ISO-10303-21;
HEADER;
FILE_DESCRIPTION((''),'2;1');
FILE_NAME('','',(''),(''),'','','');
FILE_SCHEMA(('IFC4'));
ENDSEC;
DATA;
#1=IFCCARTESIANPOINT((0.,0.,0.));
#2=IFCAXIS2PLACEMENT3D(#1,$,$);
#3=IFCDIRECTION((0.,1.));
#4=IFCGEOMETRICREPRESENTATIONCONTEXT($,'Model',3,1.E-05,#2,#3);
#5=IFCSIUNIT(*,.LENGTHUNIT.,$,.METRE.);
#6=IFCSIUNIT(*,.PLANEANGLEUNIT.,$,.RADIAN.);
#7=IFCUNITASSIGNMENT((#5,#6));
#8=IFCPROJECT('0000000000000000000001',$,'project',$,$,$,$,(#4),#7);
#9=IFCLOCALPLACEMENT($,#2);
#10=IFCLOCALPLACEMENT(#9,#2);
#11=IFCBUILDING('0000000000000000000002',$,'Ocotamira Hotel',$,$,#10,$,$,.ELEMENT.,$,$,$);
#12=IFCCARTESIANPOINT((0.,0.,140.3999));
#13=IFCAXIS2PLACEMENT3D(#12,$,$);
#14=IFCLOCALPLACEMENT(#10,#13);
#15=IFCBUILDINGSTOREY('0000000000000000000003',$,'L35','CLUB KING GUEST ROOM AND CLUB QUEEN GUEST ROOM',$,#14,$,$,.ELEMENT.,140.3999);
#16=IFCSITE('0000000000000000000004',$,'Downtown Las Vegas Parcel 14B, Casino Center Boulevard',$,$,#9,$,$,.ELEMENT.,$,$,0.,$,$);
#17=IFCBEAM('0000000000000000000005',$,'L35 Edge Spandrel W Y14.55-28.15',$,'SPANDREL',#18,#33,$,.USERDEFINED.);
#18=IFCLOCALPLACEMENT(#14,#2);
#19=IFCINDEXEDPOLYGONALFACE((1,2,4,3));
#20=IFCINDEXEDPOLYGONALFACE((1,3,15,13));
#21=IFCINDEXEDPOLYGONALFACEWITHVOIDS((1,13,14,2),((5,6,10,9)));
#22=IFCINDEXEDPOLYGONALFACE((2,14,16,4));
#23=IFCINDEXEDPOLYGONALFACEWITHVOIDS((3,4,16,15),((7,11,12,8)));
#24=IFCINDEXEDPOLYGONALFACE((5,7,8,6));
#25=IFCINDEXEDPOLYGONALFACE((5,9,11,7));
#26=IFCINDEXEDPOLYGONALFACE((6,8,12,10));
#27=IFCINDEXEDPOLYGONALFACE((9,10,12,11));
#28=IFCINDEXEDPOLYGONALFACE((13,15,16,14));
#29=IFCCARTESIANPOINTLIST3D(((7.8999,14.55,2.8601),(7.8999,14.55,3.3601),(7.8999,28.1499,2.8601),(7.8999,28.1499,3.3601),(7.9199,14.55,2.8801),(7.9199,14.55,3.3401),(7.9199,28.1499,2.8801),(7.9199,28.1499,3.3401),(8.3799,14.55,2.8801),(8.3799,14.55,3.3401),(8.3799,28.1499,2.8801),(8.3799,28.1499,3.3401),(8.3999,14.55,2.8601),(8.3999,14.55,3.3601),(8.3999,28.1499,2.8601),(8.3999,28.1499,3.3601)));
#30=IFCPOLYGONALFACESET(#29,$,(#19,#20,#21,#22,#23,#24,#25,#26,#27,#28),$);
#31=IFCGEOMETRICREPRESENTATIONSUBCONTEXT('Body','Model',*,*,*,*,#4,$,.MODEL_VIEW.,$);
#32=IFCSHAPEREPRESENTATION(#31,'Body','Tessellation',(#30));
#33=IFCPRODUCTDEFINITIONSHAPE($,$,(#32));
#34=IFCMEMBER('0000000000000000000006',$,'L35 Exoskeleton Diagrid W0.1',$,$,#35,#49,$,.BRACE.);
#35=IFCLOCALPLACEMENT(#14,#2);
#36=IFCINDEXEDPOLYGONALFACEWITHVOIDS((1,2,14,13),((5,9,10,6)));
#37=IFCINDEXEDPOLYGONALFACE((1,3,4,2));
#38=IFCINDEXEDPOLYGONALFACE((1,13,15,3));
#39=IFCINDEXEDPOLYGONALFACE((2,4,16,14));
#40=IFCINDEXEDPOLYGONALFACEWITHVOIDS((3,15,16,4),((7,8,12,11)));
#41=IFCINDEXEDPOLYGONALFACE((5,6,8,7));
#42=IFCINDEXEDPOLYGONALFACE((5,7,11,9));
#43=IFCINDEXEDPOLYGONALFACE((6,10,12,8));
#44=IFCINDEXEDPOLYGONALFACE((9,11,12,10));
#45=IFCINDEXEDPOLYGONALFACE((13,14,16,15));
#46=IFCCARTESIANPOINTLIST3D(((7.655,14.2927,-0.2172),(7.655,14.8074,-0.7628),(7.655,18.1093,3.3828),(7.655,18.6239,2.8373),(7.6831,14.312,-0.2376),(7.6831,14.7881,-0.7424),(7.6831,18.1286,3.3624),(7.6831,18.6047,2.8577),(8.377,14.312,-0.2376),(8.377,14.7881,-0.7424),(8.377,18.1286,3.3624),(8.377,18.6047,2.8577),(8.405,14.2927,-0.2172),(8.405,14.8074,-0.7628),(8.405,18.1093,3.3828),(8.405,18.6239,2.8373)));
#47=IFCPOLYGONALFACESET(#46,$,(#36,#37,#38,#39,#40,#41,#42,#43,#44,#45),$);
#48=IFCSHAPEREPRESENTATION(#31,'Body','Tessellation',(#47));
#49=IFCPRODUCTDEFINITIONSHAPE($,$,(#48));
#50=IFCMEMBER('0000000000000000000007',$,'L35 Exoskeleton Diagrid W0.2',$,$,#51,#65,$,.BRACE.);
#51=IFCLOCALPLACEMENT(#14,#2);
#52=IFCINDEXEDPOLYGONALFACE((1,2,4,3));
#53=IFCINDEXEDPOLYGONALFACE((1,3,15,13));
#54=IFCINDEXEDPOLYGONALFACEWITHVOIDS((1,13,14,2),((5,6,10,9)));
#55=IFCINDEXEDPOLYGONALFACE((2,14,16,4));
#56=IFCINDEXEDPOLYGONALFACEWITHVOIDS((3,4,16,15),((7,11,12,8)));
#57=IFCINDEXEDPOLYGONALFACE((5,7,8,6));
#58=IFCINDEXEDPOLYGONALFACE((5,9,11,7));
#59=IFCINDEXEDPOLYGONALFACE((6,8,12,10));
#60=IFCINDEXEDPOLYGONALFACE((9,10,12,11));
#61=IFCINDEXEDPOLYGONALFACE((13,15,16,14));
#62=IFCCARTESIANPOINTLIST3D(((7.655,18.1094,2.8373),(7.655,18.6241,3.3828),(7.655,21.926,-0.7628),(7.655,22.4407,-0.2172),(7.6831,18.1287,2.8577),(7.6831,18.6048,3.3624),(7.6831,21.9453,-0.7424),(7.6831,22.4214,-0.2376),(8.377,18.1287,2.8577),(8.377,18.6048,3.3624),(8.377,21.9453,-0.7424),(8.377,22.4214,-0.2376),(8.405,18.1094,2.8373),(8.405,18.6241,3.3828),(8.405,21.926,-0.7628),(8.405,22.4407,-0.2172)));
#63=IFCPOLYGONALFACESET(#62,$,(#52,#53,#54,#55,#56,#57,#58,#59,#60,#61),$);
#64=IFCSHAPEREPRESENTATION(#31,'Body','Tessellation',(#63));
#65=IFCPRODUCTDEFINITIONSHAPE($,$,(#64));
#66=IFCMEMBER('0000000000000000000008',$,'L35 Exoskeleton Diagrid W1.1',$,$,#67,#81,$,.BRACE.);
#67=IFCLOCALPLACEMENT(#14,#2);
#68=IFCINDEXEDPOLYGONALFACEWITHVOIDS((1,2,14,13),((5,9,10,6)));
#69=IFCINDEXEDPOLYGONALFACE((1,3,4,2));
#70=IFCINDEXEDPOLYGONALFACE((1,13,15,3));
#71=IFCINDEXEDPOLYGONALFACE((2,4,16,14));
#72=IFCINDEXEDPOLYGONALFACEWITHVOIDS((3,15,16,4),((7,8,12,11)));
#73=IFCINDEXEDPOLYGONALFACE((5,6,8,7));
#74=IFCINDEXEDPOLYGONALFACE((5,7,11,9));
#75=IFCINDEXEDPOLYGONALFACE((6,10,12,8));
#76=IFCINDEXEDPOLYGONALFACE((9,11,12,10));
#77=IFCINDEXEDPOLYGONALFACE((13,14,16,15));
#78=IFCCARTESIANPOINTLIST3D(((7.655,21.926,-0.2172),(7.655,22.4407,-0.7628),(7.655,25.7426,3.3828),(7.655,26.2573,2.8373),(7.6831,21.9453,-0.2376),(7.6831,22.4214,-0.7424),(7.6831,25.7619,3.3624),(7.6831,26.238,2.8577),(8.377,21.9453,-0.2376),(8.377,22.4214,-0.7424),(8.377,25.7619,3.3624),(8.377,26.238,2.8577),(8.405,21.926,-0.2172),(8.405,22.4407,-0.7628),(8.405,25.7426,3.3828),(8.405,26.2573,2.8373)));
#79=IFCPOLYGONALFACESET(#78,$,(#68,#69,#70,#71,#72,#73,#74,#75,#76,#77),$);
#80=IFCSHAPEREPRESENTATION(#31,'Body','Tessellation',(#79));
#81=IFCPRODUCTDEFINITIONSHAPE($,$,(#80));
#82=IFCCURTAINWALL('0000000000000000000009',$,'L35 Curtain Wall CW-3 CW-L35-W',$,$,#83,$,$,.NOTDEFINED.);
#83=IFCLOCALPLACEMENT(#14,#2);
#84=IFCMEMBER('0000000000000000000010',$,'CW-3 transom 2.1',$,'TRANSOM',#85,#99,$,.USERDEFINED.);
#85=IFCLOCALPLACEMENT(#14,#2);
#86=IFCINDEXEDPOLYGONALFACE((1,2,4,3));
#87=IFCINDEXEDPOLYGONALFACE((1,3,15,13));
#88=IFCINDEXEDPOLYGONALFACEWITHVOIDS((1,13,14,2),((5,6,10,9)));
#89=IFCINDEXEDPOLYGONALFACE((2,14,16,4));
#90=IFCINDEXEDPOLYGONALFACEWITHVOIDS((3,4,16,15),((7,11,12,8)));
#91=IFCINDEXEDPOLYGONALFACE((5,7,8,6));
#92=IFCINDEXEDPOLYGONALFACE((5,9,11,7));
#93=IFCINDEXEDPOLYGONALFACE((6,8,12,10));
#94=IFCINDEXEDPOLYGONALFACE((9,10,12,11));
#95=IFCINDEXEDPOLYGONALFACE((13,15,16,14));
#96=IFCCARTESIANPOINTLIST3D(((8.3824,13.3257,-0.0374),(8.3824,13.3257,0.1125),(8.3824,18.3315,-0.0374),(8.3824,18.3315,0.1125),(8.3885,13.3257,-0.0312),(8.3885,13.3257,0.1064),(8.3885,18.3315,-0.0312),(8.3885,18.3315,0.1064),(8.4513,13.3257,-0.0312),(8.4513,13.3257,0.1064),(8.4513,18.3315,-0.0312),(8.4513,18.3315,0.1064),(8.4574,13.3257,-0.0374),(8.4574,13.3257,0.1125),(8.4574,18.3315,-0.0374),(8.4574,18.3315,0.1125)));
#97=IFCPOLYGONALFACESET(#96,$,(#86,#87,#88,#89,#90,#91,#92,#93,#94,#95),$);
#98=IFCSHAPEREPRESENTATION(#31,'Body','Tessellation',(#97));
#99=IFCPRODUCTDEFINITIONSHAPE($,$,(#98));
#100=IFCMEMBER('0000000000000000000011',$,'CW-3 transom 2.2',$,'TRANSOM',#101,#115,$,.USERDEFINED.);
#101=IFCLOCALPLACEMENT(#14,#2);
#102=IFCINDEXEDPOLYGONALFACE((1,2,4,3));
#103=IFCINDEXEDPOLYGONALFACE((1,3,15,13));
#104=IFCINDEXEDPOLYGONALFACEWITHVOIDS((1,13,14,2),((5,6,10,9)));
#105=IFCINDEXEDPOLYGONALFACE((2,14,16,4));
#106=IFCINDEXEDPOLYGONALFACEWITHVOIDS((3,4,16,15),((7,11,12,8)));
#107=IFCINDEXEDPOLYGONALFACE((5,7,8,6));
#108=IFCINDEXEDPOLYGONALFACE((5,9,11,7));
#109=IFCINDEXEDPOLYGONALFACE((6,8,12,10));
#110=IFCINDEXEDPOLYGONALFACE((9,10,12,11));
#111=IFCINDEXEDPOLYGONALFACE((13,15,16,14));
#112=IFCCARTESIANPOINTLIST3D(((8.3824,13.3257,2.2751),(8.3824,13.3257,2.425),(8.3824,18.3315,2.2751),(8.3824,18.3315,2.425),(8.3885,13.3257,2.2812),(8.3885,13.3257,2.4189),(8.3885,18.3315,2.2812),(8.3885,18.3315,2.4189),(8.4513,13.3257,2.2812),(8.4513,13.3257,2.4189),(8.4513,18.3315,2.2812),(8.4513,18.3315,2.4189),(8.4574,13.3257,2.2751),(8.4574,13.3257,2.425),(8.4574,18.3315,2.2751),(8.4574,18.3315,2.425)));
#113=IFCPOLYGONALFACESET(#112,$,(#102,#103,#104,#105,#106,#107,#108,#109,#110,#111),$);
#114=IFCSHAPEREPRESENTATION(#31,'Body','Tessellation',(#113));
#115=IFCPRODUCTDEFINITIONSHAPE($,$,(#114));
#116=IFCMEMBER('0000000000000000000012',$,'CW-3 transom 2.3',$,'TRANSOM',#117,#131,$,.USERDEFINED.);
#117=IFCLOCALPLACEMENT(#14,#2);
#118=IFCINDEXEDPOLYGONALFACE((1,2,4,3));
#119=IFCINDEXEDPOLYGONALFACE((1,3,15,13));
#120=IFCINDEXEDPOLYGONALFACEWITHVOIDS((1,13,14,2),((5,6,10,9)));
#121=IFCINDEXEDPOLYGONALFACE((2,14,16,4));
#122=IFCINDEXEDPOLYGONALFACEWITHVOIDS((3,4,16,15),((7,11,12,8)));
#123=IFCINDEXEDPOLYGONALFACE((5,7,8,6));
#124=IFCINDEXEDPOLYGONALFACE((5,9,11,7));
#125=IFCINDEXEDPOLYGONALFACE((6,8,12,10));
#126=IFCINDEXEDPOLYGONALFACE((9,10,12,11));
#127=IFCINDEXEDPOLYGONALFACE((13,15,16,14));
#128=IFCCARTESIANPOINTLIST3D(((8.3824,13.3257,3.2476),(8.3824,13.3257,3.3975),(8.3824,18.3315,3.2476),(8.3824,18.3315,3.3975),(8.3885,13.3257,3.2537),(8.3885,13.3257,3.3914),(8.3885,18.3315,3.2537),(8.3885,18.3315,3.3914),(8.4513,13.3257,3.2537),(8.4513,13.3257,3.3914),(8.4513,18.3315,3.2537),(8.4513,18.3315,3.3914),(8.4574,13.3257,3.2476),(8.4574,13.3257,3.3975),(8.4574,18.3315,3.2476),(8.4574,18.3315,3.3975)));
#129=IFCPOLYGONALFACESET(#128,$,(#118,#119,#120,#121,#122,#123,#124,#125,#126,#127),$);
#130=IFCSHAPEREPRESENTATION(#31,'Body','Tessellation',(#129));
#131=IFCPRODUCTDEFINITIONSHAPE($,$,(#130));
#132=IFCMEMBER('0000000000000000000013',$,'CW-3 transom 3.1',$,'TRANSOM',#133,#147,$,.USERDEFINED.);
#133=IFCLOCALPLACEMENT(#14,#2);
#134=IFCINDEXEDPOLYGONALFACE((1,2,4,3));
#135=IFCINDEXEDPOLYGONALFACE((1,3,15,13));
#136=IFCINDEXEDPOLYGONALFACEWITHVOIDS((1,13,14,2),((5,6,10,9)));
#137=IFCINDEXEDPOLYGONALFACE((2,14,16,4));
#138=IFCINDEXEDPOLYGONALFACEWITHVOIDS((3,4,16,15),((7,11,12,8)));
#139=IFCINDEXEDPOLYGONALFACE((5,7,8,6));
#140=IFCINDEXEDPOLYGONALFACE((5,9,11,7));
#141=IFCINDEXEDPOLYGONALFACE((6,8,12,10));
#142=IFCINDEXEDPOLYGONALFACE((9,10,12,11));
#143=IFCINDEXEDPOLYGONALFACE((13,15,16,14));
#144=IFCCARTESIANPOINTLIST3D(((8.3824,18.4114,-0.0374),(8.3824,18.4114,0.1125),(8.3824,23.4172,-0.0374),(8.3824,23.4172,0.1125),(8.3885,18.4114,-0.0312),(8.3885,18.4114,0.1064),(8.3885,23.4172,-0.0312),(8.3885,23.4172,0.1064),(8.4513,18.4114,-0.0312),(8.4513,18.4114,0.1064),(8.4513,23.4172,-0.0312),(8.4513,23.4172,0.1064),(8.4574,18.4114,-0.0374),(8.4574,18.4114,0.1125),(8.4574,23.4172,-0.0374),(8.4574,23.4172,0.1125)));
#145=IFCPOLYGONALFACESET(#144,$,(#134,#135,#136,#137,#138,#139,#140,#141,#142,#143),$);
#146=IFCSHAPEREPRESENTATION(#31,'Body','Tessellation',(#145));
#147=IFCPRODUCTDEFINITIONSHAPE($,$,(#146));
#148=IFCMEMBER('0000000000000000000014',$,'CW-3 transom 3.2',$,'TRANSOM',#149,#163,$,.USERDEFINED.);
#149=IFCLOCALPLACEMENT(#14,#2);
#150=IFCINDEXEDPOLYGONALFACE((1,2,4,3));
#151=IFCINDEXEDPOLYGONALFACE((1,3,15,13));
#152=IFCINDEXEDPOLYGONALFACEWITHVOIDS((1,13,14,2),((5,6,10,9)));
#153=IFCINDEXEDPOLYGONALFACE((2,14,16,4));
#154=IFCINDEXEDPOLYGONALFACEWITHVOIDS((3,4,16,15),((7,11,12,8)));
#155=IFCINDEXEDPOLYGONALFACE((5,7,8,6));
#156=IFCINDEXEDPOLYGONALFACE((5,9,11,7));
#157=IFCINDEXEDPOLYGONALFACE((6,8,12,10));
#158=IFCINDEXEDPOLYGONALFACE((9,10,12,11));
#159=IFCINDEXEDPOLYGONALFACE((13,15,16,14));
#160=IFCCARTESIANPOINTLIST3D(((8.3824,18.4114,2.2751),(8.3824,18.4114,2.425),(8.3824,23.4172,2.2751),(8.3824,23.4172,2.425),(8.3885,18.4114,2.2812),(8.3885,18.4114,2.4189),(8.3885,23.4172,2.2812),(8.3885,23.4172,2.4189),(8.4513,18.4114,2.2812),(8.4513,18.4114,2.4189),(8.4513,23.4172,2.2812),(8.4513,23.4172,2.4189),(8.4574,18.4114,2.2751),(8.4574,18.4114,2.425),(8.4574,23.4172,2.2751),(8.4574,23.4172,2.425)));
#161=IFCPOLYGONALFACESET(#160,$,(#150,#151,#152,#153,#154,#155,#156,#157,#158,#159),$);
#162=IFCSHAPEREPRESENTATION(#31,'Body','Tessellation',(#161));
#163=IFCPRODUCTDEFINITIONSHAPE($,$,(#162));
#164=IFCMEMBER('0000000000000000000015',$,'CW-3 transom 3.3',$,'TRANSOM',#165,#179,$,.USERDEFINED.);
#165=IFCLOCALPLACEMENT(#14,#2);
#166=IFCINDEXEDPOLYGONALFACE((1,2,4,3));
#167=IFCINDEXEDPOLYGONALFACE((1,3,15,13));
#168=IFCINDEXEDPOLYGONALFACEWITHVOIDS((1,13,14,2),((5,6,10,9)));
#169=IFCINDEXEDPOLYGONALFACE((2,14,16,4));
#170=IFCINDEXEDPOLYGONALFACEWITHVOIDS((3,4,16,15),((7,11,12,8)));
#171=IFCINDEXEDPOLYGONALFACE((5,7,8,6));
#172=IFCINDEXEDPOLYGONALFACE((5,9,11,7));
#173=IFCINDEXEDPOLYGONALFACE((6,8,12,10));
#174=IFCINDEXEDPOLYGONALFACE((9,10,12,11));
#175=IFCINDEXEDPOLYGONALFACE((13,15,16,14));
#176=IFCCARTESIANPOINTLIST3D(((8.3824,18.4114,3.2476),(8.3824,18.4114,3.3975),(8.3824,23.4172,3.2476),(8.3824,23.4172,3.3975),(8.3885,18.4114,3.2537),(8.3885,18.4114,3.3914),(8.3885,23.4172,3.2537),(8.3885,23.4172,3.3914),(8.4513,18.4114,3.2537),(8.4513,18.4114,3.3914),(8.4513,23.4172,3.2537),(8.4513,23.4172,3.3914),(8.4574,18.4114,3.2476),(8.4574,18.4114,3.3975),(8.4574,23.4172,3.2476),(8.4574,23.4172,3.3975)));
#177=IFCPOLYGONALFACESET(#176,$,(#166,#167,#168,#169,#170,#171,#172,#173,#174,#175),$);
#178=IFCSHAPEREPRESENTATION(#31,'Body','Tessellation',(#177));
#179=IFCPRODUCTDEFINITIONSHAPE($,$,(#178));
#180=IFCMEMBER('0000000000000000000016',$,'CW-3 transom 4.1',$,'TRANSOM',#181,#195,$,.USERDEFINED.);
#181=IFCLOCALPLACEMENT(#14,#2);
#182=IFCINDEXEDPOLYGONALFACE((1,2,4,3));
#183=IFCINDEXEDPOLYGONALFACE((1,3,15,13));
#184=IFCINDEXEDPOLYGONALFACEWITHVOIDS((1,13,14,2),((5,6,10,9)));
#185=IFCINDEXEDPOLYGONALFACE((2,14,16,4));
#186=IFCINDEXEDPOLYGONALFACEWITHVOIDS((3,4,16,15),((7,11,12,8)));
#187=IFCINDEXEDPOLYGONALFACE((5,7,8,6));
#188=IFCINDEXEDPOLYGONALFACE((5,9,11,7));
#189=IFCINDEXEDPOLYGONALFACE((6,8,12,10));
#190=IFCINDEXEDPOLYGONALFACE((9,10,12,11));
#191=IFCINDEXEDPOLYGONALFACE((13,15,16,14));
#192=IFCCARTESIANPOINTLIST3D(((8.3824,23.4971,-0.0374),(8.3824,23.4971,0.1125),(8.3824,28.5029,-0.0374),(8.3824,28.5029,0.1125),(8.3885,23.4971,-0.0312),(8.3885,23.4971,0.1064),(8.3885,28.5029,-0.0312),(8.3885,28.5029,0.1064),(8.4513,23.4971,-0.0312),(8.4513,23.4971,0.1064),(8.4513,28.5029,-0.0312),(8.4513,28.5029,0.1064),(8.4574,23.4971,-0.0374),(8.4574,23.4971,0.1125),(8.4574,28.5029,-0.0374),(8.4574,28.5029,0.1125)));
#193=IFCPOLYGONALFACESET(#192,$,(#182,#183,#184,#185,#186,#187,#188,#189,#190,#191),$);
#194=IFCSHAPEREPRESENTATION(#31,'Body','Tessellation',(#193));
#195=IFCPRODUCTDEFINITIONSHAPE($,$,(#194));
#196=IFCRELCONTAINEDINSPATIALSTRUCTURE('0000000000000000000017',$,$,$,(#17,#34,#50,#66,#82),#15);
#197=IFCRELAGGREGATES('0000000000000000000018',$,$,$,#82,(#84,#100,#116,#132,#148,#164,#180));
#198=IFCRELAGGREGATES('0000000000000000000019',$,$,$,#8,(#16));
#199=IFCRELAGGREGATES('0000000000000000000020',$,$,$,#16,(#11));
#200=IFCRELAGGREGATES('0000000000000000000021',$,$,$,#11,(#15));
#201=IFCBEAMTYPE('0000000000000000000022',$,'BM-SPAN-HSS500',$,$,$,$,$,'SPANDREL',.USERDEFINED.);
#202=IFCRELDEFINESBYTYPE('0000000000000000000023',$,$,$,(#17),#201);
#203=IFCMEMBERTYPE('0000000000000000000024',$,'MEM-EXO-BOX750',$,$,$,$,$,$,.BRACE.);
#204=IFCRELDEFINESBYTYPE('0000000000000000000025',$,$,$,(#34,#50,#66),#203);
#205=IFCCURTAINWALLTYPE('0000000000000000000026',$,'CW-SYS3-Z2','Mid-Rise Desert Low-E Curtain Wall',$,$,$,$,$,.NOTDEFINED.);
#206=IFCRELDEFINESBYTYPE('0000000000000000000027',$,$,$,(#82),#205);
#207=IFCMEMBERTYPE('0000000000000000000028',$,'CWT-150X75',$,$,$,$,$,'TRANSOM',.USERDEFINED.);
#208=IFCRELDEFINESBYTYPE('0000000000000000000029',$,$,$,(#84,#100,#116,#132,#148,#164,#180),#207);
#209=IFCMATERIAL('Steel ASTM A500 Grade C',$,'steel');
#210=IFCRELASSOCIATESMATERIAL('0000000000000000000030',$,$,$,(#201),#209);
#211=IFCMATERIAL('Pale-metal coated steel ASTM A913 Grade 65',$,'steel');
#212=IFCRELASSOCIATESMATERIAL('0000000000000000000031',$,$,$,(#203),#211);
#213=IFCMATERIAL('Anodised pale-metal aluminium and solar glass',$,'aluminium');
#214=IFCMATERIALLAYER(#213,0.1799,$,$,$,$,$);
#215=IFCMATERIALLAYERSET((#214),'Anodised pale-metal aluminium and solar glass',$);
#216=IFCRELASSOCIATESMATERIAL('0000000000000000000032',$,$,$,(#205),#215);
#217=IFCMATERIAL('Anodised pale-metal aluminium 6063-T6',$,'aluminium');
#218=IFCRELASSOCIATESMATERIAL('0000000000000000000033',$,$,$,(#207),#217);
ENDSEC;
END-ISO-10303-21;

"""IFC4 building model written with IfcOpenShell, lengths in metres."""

from ifc_helpers import new_model, si_unit, direction, frame, origin, origin_2d, place, context, subcontext, project, spatial, hollow_rectangle, extrude, source, transform, mapped, material, layer, layer_set, material_profile, profile_set, type_object, element, aggregate, save


model = new_model("IFC4")

# Units and contexts
model_context = context("Model", 3, precision=1e-05, world=origin(), true_north=direction((0.0, 1.0)))
body_context = subcontext(model_context, "Body", "Model", "MODEL_VIEW")
ifc_project = project(units=[si_unit("LENGTHUNIT", "METRE"), si_unit("PLANEANGLEUNIT", "RADIAN")], contexts=[model_context])

# Site, building, storey
site_placement = place(None, origin())
site = spatial("IfcSite", under=ifc_project, at=site_placement, Name="Downtown Las Vegas Parcel 14B, Casino Center Boulevard", CompositionType="ELEMENT", RefElevation=0.0)
building_placement = place(site_placement, origin())
building = spatial("IfcBuilding", under=site, at=building_placement, Name="Ocotamira Hotel", CompositionType="ELEMENT")
storey_placement = place(building_placement, frame((0.0, 0.0, 140.3999)))
storey = spatial("IfcBuildingStorey", under=building, at=storey_placement, Name="L35", Description="CLUB KING GUEST ROOM AND CLUB QUEEN GUEST ROOM", CompositionType="ELEMENT", Elevation=140.3999)

# Beam
ifc_material_1 = material(Name="Steel ASTM A500 Grade C", Category="steel")
ifc_material_profile_1 = material_profile(ifc_material_1, hollow_rectangle(XDim=0.5, YDim=0.5, WallThickness=0.02, at=origin_2d()), Name="HSS500X500X20")
ifc_profile_set_1 = profile_set([ifc_material_profile_1], Name="Steel ASTM A500 Grade C")
beam_type_1 = type_object("IfcBeamType", Name="BM-SPAN-HSS500", ElementType="SPANDREL", PredefinedType="USERDEFINED", material=ifc_profile_set_1)
shared_shape_1 = source(origin(), body_context, "Body", "SweptSolid", [
    extrude(hollow_rectangle(XDim=0.5, YDim=0.5, WallThickness=0.02, at=origin_2d()), origin(), (0.0, 0.0, 1.0), 13.5999),
])
beam_1_placement = place(storey_placement, frame((8.1499, 14.55, 3.1101), z_axis=(0.0, 1.0, 0.0), x_axis=(-1.0, 0.0, 0.0)))
element("IfcBeam", 1, at=beam_1_placement, inside=storey, type_object=beam_type_1, Name="L35 Edge Spandrel W Y14.55-28.15", ObjectType="SPANDREL", PredefinedType="USERDEFINED", context=body_context, shape_type="MappedRepresentation", body=[
    mapped(shared_shape_1, transform((0.0, 0.0, 0.0), scale=1.0)),
])

# Members
ifc_material_2 = material(Name="Pale-metal coated steel ASTM A913 Grade 65", Category="steel")
ifc_material_profile_2 = material_profile(ifc_material_2, hollow_rectangle(XDim=0.75, YDim=0.75, WallThickness=0.0281, at=origin_2d()), Name="BOX750X750X28")
ifc_profile_set_2 = profile_set([ifc_material_profile_2], Name="Pale-metal coated steel ASTM A913 Grade 65")
member_type_1 = type_object("IfcMemberType", Name="MEM-EXO-BOX750", PredefinedType="BRACE", material=ifc_profile_set_2)
shared_shape_2 = source(origin(), body_context, "Body", "SweptSolid", [
    extrude(hollow_rectangle(XDim=0.75, YDim=0.75, WallThickness=0.0281, at=origin_2d()), origin(), (0.0, 0.0, 1.0), 5.2466),
])
for number, where, z_axis, x_axis, name in (
    (2, (8.03, 14.55, -0.49), (0.0, 0.727443, 0.686168), (-1.0, 0.0, 0.0), "L35 Exoskeleton Diagrid W0.1"),
    (3, (8.03, 22.1833, -0.49), (0.0, -0.727443, 0.686168), (1.0, 0.0, 0.0), "L35 Exoskeleton Diagrid W0.2"),
    (4, (8.03, 22.1833, -0.49), (0.0, 0.727443, 0.686168), (-1.0, 0.0, 0.0), "L35 Exoskeleton Diagrid W1.1"),
):
    element("IfcMember", number, at=place(storey_placement, frame(where, z_axis=z_axis, x_axis=x_axis)), inside=storey, type_object=member_type_1, Name=name, PredefinedType="BRACE", context=body_context, shape_type="MappedRepresentation", body=[
        mapped(shared_shape_2, transform((0.0, 0.0, 0.0), scale=1.0)),
    ])

# Curtain wall, members
ifc_material_3 = material(Name="Anodised pale-metal aluminium and solar glass", Category="aluminium")
ifc_layer_1 = layer(ifc_material_3, 0.1799)
ifc_layer_set_1 = layer_set([ifc_layer_1], Name="Anodised pale-metal aluminium and solar glass")
curtain_wall_type = type_object("IfcCurtainWallType", Name="CW-SYS3-Z2", Description="Mid-Rise Desert Low-E Curtain Wall", PredefinedType="NOTDEFINED", material=ifc_layer_set_1)
curtain_wall_placement = place(storey_placement, origin())
curtain_wall = element("IfcCurtainWall", 5, at=curtain_wall_placement, inside=storey, type_object=curtain_wall_type, Name="L35 Curtain Wall CW-3 CW-L35-W", PredefinedType="NOTDEFINED")
ifc_material_4 = material(Name="Anodised pale-metal aluminium 6063-T6", Category="aluminium")
ifc_material_profile_3 = material_profile(ifc_material_4, hollow_rectangle(XDim=0.075, YDim=0.1499, WallThickness=0.0061, at=origin_2d()), Name="HSS150X75X6")
ifc_profile_set_3 = profile_set([ifc_material_profile_3], Name="Anodised pale-metal aluminium 6063-T6")
member_type_2 = type_object("IfcMemberType", Name="CWT-150X75", ElementType="TRANSOM", PredefinedType="USERDEFINED", material=ifc_profile_set_3)
shared_shape_3 = source(origin(), body_context, "Body", "SweptSolid", [
    extrude(hollow_rectangle(XDim=0.075, YDim=0.1499, WallThickness=0.0061, at=origin_2d()), origin(), (0.0, 0.0, 1.0), 5.0059),
])
member_1_placement = place(storey_placement, frame((8.4199, 13.3257, 0.0376), z_axis=(0.0, 1.0, 0.0), x_axis=(-1.0, 0.0, 0.0)))
member_1 = element("IfcMember", 6, at=member_1_placement, type_object=member_type_2, Name="CW-3 transom 2.1", ObjectType="TRANSOM", PredefinedType="USERDEFINED", context=body_context, shape_type="MappedRepresentation", body=[
    mapped(shared_shape_3, transform((0.0, 0.0, 0.0), scale=1.0)),
])
member_2_placement = place(storey_placement, frame((8.4199, 13.3257, 2.3501), z_axis=(0.0, 1.0, 0.0), x_axis=(-1.0, 0.0, 0.0)))
member_2 = element("IfcMember", 7, at=member_2_placement, type_object=member_type_2, Name="CW-3 transom 2.2", ObjectType="TRANSOM", PredefinedType="USERDEFINED", context=body_context, shape_type="MappedRepresentation", body=[
    mapped(shared_shape_3, transform((0.0, 0.0, 0.0), scale=1.0)),
])
member_3_placement = place(storey_placement, frame((8.4199, 13.3257, 3.3225), z_axis=(0.0, 1.0, 0.0), x_axis=(-1.0, 0.0, 0.0)))
member_3 = element("IfcMember", 8, at=member_3_placement, type_object=member_type_2, Name="CW-3 transom 2.3", ObjectType="TRANSOM", PredefinedType="USERDEFINED", context=body_context, shape_type="MappedRepresentation", body=[
    mapped(shared_shape_3, transform((0.0, 0.0, 0.0), scale=1.0)),
])
member_4_placement = place(storey_placement, frame((8.4199, 18.4114, 0.0376), z_axis=(0.0, 1.0, 0.0), x_axis=(-1.0, 0.0, 0.0)))
member_4 = element("IfcMember", 9, at=member_4_placement, type_object=member_type_2, Name="CW-3 transom 3.1", ObjectType="TRANSOM", PredefinedType="USERDEFINED", context=body_context, shape_type="MappedRepresentation", body=[
    mapped(shared_shape_3, transform((0.0, 0.0, 0.0), scale=1.0)),
])
member_5_placement = place(storey_placement, frame((8.4199, 18.4114, 2.3501), z_axis=(0.0, 1.0, 0.0), x_axis=(-1.0, 0.0, 0.0)))
member_5 = element("IfcMember", 10, at=member_5_placement, type_object=member_type_2, Name="CW-3 transom 3.2", ObjectType="TRANSOM", PredefinedType="USERDEFINED", context=body_context, shape_type="MappedRepresentation", body=[
    mapped(shared_shape_3, transform((0.0, 0.0, 0.0), scale=1.0)),
])
member_6_placement = place(storey_placement, frame((8.4199, 18.4114, 3.3225), z_axis=(0.0, 1.0, 0.0), x_axis=(-1.0, 0.0, 0.0)))
member_6 = element("IfcMember", 11, at=member_6_placement, type_object=member_type_2, Name="CW-3 transom 3.3", ObjectType="TRANSOM", PredefinedType="USERDEFINED", context=body_context, shape_type="MappedRepresentation", body=[
    mapped(shared_shape_3, transform((0.0, 0.0, 0.0), scale=1.0)),
])
member_7_placement = place(storey_placement, frame((8.4199, 23.4971, 0.0376), z_axis=(0.0, 1.0, 0.0), x_axis=(-1.0, 0.0, 0.0)))
member_7 = element("IfcMember", 12, at=member_7_placement, type_object=member_type_2, Name="CW-3 transom 4.1", ObjectType="TRANSOM", PredefinedType="USERDEFINED", context=body_context, shape_type="MappedRepresentation", body=[
    mapped(shared_shape_3, transform((0.0, 0.0, 0.0), scale=1.0)),
])

aggregate(curtain_wall, [member_1, member_2, member_3, member_4, member_5, member_6, member_7])

save(model, "model.ifc")
